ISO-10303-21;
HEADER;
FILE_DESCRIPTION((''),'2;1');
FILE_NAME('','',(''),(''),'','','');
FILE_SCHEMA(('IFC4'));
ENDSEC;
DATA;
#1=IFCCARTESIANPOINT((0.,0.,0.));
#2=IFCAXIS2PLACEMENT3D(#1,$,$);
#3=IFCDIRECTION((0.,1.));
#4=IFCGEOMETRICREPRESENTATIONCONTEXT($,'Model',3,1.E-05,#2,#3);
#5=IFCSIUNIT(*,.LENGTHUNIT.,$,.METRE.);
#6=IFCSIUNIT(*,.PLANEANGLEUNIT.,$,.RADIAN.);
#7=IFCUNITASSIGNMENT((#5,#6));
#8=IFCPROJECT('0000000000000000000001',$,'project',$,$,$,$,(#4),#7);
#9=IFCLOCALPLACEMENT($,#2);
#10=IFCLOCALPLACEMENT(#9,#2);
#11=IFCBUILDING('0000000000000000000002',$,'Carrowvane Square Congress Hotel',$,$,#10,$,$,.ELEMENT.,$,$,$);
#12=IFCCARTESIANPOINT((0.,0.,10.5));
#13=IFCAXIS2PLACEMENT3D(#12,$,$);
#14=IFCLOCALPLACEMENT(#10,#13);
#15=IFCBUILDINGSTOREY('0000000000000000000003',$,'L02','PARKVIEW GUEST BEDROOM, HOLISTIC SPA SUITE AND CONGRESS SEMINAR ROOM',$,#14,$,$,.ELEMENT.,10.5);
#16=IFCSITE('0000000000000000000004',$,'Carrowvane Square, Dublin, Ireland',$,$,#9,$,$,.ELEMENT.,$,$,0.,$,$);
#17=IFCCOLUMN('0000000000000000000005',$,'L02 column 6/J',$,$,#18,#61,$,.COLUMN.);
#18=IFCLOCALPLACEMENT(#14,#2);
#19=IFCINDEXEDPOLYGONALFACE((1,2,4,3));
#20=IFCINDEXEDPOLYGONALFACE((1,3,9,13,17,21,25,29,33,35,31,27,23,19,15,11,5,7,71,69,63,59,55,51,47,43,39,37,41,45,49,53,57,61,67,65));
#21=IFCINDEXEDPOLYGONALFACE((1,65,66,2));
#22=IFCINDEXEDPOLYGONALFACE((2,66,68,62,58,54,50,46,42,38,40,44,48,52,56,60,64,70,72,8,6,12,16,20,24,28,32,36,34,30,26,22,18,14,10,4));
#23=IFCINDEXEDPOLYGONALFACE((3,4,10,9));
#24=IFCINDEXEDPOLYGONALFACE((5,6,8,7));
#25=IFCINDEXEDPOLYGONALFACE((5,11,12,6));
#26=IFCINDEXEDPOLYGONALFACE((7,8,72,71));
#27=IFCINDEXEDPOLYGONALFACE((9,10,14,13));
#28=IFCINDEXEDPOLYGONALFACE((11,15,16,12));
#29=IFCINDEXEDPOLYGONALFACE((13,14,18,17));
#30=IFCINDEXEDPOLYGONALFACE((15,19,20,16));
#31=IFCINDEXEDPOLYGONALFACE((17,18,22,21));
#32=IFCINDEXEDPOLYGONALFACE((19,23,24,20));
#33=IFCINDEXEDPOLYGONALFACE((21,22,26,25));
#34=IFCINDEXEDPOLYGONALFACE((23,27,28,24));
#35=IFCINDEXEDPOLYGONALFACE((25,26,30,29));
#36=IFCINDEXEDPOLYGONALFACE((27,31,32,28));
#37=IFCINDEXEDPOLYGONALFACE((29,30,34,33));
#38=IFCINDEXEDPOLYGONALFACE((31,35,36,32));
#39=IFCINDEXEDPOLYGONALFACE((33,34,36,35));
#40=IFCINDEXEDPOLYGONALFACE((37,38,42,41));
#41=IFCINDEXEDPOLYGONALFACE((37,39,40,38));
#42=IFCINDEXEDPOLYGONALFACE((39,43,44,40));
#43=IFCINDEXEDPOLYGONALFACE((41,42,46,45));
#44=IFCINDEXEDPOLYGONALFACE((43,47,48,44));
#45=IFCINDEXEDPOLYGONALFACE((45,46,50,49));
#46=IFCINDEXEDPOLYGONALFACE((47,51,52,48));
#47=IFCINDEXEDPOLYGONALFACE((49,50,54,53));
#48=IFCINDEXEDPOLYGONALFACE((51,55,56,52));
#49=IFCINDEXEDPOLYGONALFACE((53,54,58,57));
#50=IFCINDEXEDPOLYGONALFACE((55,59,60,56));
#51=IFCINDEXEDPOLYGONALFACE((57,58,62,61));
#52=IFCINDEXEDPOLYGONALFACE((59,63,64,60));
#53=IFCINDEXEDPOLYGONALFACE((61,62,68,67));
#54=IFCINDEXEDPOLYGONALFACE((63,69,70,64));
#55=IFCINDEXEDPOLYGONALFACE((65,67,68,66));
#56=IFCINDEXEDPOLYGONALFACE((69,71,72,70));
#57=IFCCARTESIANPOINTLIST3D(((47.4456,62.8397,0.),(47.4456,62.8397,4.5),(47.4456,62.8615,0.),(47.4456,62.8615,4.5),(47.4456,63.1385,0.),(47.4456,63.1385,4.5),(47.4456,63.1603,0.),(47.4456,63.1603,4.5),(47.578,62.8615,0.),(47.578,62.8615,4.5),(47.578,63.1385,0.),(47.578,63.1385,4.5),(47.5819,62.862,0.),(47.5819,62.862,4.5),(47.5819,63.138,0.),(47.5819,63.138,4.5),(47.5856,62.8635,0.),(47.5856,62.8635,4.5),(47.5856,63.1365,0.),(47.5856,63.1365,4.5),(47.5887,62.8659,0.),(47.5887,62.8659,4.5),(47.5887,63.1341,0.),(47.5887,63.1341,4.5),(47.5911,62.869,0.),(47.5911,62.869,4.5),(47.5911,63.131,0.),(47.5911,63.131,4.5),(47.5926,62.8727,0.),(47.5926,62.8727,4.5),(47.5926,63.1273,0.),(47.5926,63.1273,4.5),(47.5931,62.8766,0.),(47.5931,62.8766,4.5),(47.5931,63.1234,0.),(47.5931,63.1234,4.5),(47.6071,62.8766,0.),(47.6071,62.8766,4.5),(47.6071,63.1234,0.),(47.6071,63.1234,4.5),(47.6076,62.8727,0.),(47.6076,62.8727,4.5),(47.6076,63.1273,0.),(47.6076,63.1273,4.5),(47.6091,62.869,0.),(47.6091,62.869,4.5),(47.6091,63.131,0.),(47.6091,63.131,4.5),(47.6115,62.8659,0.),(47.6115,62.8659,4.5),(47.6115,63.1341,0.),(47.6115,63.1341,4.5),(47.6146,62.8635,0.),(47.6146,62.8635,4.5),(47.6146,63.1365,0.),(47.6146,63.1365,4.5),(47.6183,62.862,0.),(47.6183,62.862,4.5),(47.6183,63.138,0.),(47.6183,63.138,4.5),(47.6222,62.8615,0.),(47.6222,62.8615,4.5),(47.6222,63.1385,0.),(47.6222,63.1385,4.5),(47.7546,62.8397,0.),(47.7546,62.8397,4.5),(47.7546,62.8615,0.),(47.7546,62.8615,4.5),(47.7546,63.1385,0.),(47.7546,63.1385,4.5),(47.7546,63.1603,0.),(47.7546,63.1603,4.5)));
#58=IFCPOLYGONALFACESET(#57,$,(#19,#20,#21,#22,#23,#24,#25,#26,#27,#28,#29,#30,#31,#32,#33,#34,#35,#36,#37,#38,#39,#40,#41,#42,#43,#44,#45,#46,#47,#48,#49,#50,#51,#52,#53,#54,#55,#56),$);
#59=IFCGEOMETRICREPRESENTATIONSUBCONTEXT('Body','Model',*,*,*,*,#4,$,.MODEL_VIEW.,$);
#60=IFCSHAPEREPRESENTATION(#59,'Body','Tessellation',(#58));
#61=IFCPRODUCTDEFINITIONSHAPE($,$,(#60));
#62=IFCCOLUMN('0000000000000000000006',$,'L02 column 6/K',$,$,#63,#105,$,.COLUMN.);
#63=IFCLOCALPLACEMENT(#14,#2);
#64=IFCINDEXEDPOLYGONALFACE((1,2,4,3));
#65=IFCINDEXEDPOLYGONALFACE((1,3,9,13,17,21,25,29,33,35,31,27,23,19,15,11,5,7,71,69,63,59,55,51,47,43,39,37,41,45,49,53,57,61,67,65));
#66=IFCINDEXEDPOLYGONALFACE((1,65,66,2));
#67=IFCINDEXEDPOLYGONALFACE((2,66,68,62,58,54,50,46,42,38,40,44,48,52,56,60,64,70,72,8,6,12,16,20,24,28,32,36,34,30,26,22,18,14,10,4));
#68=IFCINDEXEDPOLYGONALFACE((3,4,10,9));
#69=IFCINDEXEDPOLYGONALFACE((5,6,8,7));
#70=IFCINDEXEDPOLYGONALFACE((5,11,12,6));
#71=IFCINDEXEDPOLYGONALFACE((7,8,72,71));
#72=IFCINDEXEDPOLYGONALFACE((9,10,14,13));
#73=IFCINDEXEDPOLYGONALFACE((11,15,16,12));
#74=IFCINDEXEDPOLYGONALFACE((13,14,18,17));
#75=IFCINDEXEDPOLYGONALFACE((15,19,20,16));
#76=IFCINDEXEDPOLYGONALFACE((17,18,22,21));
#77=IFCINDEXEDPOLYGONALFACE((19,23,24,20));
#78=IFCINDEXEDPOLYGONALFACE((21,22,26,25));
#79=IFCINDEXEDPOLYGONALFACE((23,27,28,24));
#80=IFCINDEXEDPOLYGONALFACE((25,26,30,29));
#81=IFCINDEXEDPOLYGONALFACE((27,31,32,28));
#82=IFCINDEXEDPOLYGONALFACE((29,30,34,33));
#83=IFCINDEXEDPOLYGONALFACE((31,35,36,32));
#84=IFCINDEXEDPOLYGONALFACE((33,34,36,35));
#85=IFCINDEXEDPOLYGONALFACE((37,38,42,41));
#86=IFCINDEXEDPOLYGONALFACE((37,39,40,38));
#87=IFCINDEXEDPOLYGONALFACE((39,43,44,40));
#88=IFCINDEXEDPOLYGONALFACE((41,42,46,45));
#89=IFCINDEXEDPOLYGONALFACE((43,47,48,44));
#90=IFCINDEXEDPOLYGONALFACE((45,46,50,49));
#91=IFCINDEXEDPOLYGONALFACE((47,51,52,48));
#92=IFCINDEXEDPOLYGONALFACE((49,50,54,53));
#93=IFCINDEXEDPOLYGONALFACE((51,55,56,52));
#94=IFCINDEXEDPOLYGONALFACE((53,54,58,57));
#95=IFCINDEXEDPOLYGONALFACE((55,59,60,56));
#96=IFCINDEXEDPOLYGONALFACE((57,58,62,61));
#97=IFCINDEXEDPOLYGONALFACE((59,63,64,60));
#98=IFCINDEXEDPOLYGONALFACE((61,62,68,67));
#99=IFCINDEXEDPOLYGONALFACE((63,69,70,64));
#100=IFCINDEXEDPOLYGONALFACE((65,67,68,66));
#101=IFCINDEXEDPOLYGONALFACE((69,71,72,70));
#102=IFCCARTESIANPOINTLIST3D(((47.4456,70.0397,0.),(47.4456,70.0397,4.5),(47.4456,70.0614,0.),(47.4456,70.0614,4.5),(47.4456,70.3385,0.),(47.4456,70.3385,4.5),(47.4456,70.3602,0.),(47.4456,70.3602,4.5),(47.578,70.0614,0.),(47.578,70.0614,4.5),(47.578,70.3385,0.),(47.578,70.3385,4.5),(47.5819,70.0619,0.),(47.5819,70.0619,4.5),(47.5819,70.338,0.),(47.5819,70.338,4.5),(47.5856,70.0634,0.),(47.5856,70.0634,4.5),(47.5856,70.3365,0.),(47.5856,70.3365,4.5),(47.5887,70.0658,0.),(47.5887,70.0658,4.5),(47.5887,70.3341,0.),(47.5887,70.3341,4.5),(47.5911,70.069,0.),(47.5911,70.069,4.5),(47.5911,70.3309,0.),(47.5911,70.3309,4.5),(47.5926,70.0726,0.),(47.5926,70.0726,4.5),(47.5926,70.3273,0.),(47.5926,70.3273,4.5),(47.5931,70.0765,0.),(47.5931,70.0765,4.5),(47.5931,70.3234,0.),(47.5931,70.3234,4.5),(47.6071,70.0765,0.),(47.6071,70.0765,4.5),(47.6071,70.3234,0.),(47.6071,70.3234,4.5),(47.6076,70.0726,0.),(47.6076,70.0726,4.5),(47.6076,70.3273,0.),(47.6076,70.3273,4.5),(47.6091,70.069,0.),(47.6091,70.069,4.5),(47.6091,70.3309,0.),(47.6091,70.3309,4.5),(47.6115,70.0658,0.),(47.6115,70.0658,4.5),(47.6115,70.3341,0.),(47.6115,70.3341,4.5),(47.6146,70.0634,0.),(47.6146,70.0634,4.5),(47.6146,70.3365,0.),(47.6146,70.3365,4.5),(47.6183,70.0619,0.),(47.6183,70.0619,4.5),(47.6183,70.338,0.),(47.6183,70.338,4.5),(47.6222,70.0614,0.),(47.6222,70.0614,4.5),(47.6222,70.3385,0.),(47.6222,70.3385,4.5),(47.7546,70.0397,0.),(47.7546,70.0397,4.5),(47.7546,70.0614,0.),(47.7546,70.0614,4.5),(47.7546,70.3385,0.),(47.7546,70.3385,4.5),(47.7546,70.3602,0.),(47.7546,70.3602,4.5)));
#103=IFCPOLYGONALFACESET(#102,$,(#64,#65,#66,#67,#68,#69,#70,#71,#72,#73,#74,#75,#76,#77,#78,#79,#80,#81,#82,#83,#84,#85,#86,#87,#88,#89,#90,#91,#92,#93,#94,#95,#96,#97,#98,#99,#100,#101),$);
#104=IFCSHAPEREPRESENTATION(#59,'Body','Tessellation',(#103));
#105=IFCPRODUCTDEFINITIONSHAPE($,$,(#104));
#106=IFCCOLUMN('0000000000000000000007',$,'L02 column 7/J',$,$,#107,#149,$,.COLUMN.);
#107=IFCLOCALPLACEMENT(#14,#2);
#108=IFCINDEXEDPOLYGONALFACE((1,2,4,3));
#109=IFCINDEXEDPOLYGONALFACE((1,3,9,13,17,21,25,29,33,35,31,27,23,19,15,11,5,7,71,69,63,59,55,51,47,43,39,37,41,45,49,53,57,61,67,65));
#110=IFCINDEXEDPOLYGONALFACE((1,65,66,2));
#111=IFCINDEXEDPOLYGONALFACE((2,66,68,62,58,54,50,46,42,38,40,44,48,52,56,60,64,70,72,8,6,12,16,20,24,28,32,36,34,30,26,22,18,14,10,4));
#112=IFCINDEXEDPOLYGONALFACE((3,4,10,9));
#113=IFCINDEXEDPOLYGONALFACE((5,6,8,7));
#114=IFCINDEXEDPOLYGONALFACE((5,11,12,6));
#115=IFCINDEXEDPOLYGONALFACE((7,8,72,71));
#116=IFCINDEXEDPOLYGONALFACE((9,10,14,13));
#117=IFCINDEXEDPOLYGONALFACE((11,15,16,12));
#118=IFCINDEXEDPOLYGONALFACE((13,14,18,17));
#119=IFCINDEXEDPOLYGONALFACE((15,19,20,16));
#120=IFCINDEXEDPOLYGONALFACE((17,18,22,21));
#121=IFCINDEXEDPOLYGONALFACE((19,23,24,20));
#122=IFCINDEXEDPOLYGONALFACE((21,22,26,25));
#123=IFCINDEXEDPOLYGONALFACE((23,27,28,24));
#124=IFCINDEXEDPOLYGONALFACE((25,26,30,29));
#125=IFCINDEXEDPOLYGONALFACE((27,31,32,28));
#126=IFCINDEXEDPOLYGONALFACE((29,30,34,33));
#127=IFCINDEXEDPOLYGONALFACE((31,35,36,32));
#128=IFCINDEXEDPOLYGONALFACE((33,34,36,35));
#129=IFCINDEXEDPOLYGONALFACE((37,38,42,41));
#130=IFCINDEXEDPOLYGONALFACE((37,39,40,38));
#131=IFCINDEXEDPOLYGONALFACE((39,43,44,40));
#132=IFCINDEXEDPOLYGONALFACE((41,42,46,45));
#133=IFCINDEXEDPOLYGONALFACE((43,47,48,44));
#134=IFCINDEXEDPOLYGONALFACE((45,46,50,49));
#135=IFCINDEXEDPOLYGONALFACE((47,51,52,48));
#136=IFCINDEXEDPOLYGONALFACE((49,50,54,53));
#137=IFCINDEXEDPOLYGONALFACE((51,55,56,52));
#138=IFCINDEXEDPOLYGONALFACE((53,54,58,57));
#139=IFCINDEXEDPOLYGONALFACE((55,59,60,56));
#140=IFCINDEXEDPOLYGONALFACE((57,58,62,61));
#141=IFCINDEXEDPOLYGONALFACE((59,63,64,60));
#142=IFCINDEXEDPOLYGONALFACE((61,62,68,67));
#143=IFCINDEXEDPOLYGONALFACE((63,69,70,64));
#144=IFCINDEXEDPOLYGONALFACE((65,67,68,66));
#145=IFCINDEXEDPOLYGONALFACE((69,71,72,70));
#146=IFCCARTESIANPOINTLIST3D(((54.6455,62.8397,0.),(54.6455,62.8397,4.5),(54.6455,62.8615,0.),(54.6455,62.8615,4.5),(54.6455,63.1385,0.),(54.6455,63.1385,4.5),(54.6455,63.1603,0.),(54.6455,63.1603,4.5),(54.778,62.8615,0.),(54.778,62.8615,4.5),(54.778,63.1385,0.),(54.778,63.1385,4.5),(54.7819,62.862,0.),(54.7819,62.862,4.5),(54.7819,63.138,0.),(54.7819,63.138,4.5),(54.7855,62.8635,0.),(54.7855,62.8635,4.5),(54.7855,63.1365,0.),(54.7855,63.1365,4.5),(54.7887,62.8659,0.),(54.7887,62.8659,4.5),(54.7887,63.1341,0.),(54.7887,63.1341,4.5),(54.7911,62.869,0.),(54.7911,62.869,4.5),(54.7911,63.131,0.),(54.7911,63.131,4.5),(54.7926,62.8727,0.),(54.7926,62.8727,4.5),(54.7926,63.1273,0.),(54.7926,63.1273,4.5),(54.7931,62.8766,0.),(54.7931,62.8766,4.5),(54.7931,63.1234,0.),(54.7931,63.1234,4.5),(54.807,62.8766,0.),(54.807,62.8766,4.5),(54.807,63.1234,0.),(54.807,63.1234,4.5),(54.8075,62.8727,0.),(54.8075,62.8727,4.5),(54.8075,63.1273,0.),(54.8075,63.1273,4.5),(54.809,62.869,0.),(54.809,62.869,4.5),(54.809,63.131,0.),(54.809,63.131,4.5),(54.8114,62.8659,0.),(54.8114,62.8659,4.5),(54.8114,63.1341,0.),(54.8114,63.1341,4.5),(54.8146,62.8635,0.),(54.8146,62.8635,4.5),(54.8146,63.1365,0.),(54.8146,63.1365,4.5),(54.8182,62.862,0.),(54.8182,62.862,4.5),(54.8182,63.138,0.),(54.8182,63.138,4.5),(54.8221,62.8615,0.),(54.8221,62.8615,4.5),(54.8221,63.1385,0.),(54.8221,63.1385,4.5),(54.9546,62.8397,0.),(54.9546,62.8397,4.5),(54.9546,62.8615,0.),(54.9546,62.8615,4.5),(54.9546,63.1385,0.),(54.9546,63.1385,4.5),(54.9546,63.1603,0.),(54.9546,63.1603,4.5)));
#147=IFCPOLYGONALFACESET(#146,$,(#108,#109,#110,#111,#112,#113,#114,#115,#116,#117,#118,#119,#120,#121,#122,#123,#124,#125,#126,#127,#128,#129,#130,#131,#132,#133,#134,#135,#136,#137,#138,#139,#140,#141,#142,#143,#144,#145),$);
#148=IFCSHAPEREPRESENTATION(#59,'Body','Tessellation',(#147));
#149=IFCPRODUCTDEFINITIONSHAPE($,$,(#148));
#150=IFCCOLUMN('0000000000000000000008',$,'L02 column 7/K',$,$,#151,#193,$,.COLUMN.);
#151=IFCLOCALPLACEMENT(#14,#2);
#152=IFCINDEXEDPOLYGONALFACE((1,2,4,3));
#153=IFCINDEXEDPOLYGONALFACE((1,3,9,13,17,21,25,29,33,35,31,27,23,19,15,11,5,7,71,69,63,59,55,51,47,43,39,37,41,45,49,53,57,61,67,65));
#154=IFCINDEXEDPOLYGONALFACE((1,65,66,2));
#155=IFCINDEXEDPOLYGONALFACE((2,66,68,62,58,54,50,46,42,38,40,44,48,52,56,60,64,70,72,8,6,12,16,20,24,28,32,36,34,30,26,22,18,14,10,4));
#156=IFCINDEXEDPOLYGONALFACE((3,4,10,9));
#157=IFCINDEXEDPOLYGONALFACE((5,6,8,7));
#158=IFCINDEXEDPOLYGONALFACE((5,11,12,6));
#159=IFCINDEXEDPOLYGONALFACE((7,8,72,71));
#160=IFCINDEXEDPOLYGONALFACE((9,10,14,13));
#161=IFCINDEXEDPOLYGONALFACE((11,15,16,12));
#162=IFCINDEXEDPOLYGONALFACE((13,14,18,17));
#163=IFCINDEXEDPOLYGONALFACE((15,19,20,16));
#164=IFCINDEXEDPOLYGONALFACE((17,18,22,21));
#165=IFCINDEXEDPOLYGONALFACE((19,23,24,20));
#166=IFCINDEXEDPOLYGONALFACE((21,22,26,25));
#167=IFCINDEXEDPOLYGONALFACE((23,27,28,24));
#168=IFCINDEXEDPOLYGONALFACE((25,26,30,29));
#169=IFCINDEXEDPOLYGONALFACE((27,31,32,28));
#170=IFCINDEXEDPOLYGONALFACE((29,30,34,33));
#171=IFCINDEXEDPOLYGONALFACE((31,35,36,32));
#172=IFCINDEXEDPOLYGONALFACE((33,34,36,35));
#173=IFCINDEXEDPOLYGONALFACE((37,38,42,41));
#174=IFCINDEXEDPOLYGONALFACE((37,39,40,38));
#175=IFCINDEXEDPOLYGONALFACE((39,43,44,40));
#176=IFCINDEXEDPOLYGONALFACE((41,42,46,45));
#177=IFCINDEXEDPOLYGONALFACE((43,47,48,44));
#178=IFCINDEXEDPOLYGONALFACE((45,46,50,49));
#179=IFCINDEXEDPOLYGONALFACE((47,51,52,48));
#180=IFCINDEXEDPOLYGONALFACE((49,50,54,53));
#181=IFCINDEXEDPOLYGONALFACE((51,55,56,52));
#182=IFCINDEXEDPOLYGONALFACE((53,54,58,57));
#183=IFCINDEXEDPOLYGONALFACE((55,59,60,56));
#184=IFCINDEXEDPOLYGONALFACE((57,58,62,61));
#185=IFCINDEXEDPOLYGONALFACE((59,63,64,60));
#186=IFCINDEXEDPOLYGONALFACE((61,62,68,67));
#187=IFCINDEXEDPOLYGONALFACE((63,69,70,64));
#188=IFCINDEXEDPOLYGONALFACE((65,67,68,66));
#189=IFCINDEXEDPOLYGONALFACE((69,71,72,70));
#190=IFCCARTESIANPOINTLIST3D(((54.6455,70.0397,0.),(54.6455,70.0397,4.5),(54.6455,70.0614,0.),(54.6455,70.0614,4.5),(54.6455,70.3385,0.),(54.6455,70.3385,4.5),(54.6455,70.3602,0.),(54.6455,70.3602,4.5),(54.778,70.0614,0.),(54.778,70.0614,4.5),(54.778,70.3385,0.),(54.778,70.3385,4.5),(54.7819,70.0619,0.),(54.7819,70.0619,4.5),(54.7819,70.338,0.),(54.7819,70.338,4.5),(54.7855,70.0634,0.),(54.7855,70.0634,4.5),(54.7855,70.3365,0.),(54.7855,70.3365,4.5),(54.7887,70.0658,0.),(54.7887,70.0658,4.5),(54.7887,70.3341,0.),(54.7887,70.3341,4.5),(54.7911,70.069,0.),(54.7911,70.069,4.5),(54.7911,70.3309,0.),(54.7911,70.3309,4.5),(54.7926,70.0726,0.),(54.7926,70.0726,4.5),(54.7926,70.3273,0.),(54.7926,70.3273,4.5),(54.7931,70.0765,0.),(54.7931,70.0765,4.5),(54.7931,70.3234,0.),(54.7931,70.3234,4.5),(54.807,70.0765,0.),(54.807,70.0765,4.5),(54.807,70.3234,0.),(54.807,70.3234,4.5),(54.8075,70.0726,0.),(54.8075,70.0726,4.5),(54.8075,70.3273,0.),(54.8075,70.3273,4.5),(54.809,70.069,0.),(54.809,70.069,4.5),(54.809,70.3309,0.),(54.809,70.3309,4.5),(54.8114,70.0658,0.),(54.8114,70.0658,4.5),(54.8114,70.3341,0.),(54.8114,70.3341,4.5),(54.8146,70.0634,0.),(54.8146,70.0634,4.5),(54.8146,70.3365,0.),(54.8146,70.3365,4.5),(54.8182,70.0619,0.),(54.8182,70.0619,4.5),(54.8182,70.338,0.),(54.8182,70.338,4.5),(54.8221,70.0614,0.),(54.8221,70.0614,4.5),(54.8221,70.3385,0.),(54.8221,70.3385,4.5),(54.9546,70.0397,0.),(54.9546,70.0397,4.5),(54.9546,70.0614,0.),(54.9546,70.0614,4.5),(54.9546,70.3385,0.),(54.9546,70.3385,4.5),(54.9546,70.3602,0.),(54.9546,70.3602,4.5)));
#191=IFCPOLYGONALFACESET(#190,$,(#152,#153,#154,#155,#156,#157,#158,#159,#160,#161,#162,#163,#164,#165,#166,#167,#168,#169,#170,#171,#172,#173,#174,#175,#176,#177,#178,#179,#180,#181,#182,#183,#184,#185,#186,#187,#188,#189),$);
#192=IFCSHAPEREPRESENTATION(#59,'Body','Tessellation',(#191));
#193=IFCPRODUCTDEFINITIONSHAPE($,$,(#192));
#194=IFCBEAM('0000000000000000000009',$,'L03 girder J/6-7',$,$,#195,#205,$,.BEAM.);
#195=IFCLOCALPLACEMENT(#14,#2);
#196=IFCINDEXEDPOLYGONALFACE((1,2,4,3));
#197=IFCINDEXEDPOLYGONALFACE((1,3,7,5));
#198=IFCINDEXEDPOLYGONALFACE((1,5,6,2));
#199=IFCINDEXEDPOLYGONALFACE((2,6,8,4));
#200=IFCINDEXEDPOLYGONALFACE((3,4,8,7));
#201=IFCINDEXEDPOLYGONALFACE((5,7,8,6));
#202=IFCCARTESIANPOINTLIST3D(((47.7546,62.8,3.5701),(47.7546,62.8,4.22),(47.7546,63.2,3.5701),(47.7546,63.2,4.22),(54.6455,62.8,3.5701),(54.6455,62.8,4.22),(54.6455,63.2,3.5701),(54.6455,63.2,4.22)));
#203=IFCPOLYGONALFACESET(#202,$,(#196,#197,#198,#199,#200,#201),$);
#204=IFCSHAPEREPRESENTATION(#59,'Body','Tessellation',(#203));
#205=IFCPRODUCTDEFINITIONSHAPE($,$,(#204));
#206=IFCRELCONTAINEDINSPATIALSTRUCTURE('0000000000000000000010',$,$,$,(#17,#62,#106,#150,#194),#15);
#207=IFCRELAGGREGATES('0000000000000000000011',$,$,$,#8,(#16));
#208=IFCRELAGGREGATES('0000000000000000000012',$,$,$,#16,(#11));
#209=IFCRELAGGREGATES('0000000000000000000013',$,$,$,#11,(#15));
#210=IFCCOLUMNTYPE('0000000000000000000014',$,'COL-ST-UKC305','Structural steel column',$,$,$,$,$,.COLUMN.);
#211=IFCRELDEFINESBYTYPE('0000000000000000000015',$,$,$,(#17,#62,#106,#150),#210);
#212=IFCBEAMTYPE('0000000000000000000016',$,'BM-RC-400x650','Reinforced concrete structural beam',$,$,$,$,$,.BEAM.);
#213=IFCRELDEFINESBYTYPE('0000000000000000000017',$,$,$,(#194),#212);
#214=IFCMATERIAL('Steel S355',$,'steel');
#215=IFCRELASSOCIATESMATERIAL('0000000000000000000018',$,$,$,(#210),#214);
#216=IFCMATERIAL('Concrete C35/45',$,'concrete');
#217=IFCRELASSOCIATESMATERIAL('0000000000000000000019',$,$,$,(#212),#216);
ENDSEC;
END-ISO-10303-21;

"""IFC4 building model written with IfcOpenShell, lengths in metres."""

from ifc_helpers import new_model, si_unit, direction, frame, origin, origin_2d, place, context, subcontext, project, spatial, rectangle, i_section, extrude, material, material_profile, profile_set, type_object, element, save


model = new_model("IFC4")

# Units and contexts
model_context = context("Model", 3, precision=1e-05, world=origin(), true_north=direction((0.0, 1.0)))
body_context = subcontext(model_context, "Body", "Model", "MODEL_VIEW")
ifc_project = project(units=[si_unit("LENGTHUNIT", "METRE"), si_unit("PLANEANGLEUNIT", "RADIAN")], contexts=[model_context])

# Site, building, storey
site_placement = place(None, origin())
site = spatial("IfcSite", under=ifc_project, at=site_placement, Name="Carrowvane Square, Dublin, Ireland", CompositionType="ELEMENT", RefElevation=0.0)
building_placement = place(site_placement, origin())
building = spatial("IfcBuilding", under=site, at=building_placement, Name="Carrowvane Square Congress Hotel", CompositionType="ELEMENT")
storey_placement = place(building_placement, frame((0.0, 0.0, 10.5)))
storey = spatial("IfcBuildingStorey", under=building, at=storey_placement, Name="L02", Description="PARKVIEW GUEST BEDROOM, HOLISTIC SPA SUITE AND CONGRESS SEMINAR ROOM", CompositionType="ELEMENT", Elevation=10.5)

# Columns
ifc_material_1 = material(Name="Steel S355", Category="steel")
ifc_material_profile_1 = material_profile(ifc_material_1, i_section(OverallWidth=0.3091, OverallDepth=0.3206, WebThickness=0.0139, FlangeThickness=0.0217, FilletRadius=0.0151, at=origin_2d()), Name="UKC 305x305x137")
ifc_profile_set_1 = profile_set([ifc_material_profile_1], Name="Steel S355")
column_type = type_object("IfcColumnType", Name="COL-ST-UKC305", Description="Structural steel column", PredefinedType="COLUMN", material=ifc_profile_set_1)
for number, where, z_axis, x_axis, name in (
    (1, (47.6001, 63.0, 0.0), (0.0, 0.0, 1.0), (1.0, 0.0, 0.0), "L02 column 6/J"),
    (2, (47.6001, 70.2, 0.0), (0.0, 0.0, 1.0), (1.0, 0.0, 0.0), "L02 column 6/K"),
    (3, (54.8, 63.0, 0.0), (0.0, 0.0, 1.0), (1.0, 0.0, 0.0), "L02 column 7/J"),
    (4, (54.8, 70.2, 0.0), (0.0, 0.0, 1.0), (1.0, 0.0, 0.0), "L02 column 7/K"),
):
    element("IfcColumn", number, at=place(storey_placement, frame(where, z_axis=z_axis, x_axis=x_axis)), inside=storey, type_object=column_type, Name=name, PredefinedType="COLUMN", context=body_context, shape_type="SweptSolid", body=[
        extrude(i_section(OverallWidth=0.3091, OverallDepth=0.3206, WebThickness=0.0139, FlangeThickness=0.0217, FilletRadius=0.0151, at=origin_2d()), origin(), (0.0, 0.0, 1.0), 4.5),
    ])

# Beam
ifc_material_2 = material(Name="Concrete C35/45", Category="concrete")
ifc_material_profile_2 = material_profile(ifc_material_2, rectangle(XDim=0.3999, YDim=0.6499, at=origin_2d()), Name="RC 400x650")
ifc_profile_set_2 = profile_set([ifc_material_profile_2], Name="Concrete C35/45")
beam_type_1 = type_object("IfcBeamType", Name="BM-RC-400x650", Description="Reinforced concrete structural beam", PredefinedType="BEAM", material=ifc_profile_set_2)
beam_1_placement = place(storey_placement, frame((47.7546, 63.0, 3.895), z_axis=(1.0, 0.0, 0.0), x_axis=(0.0, 1.0, 0.0)))
element("IfcBeam", 5, at=beam_1_placement, inside=storey, type_object=beam_type_1, Name="L03 girder J/6-7", PredefinedType="BEAM", context=body_context, shape_type="SweptSolid", body=[
    extrude(rectangle(XDim=0.3999, YDim=0.6499, at=origin_2d()), origin(), (0.0, 0.0, 1.0), 6.8909),
])

save(model, "model.ifc")
